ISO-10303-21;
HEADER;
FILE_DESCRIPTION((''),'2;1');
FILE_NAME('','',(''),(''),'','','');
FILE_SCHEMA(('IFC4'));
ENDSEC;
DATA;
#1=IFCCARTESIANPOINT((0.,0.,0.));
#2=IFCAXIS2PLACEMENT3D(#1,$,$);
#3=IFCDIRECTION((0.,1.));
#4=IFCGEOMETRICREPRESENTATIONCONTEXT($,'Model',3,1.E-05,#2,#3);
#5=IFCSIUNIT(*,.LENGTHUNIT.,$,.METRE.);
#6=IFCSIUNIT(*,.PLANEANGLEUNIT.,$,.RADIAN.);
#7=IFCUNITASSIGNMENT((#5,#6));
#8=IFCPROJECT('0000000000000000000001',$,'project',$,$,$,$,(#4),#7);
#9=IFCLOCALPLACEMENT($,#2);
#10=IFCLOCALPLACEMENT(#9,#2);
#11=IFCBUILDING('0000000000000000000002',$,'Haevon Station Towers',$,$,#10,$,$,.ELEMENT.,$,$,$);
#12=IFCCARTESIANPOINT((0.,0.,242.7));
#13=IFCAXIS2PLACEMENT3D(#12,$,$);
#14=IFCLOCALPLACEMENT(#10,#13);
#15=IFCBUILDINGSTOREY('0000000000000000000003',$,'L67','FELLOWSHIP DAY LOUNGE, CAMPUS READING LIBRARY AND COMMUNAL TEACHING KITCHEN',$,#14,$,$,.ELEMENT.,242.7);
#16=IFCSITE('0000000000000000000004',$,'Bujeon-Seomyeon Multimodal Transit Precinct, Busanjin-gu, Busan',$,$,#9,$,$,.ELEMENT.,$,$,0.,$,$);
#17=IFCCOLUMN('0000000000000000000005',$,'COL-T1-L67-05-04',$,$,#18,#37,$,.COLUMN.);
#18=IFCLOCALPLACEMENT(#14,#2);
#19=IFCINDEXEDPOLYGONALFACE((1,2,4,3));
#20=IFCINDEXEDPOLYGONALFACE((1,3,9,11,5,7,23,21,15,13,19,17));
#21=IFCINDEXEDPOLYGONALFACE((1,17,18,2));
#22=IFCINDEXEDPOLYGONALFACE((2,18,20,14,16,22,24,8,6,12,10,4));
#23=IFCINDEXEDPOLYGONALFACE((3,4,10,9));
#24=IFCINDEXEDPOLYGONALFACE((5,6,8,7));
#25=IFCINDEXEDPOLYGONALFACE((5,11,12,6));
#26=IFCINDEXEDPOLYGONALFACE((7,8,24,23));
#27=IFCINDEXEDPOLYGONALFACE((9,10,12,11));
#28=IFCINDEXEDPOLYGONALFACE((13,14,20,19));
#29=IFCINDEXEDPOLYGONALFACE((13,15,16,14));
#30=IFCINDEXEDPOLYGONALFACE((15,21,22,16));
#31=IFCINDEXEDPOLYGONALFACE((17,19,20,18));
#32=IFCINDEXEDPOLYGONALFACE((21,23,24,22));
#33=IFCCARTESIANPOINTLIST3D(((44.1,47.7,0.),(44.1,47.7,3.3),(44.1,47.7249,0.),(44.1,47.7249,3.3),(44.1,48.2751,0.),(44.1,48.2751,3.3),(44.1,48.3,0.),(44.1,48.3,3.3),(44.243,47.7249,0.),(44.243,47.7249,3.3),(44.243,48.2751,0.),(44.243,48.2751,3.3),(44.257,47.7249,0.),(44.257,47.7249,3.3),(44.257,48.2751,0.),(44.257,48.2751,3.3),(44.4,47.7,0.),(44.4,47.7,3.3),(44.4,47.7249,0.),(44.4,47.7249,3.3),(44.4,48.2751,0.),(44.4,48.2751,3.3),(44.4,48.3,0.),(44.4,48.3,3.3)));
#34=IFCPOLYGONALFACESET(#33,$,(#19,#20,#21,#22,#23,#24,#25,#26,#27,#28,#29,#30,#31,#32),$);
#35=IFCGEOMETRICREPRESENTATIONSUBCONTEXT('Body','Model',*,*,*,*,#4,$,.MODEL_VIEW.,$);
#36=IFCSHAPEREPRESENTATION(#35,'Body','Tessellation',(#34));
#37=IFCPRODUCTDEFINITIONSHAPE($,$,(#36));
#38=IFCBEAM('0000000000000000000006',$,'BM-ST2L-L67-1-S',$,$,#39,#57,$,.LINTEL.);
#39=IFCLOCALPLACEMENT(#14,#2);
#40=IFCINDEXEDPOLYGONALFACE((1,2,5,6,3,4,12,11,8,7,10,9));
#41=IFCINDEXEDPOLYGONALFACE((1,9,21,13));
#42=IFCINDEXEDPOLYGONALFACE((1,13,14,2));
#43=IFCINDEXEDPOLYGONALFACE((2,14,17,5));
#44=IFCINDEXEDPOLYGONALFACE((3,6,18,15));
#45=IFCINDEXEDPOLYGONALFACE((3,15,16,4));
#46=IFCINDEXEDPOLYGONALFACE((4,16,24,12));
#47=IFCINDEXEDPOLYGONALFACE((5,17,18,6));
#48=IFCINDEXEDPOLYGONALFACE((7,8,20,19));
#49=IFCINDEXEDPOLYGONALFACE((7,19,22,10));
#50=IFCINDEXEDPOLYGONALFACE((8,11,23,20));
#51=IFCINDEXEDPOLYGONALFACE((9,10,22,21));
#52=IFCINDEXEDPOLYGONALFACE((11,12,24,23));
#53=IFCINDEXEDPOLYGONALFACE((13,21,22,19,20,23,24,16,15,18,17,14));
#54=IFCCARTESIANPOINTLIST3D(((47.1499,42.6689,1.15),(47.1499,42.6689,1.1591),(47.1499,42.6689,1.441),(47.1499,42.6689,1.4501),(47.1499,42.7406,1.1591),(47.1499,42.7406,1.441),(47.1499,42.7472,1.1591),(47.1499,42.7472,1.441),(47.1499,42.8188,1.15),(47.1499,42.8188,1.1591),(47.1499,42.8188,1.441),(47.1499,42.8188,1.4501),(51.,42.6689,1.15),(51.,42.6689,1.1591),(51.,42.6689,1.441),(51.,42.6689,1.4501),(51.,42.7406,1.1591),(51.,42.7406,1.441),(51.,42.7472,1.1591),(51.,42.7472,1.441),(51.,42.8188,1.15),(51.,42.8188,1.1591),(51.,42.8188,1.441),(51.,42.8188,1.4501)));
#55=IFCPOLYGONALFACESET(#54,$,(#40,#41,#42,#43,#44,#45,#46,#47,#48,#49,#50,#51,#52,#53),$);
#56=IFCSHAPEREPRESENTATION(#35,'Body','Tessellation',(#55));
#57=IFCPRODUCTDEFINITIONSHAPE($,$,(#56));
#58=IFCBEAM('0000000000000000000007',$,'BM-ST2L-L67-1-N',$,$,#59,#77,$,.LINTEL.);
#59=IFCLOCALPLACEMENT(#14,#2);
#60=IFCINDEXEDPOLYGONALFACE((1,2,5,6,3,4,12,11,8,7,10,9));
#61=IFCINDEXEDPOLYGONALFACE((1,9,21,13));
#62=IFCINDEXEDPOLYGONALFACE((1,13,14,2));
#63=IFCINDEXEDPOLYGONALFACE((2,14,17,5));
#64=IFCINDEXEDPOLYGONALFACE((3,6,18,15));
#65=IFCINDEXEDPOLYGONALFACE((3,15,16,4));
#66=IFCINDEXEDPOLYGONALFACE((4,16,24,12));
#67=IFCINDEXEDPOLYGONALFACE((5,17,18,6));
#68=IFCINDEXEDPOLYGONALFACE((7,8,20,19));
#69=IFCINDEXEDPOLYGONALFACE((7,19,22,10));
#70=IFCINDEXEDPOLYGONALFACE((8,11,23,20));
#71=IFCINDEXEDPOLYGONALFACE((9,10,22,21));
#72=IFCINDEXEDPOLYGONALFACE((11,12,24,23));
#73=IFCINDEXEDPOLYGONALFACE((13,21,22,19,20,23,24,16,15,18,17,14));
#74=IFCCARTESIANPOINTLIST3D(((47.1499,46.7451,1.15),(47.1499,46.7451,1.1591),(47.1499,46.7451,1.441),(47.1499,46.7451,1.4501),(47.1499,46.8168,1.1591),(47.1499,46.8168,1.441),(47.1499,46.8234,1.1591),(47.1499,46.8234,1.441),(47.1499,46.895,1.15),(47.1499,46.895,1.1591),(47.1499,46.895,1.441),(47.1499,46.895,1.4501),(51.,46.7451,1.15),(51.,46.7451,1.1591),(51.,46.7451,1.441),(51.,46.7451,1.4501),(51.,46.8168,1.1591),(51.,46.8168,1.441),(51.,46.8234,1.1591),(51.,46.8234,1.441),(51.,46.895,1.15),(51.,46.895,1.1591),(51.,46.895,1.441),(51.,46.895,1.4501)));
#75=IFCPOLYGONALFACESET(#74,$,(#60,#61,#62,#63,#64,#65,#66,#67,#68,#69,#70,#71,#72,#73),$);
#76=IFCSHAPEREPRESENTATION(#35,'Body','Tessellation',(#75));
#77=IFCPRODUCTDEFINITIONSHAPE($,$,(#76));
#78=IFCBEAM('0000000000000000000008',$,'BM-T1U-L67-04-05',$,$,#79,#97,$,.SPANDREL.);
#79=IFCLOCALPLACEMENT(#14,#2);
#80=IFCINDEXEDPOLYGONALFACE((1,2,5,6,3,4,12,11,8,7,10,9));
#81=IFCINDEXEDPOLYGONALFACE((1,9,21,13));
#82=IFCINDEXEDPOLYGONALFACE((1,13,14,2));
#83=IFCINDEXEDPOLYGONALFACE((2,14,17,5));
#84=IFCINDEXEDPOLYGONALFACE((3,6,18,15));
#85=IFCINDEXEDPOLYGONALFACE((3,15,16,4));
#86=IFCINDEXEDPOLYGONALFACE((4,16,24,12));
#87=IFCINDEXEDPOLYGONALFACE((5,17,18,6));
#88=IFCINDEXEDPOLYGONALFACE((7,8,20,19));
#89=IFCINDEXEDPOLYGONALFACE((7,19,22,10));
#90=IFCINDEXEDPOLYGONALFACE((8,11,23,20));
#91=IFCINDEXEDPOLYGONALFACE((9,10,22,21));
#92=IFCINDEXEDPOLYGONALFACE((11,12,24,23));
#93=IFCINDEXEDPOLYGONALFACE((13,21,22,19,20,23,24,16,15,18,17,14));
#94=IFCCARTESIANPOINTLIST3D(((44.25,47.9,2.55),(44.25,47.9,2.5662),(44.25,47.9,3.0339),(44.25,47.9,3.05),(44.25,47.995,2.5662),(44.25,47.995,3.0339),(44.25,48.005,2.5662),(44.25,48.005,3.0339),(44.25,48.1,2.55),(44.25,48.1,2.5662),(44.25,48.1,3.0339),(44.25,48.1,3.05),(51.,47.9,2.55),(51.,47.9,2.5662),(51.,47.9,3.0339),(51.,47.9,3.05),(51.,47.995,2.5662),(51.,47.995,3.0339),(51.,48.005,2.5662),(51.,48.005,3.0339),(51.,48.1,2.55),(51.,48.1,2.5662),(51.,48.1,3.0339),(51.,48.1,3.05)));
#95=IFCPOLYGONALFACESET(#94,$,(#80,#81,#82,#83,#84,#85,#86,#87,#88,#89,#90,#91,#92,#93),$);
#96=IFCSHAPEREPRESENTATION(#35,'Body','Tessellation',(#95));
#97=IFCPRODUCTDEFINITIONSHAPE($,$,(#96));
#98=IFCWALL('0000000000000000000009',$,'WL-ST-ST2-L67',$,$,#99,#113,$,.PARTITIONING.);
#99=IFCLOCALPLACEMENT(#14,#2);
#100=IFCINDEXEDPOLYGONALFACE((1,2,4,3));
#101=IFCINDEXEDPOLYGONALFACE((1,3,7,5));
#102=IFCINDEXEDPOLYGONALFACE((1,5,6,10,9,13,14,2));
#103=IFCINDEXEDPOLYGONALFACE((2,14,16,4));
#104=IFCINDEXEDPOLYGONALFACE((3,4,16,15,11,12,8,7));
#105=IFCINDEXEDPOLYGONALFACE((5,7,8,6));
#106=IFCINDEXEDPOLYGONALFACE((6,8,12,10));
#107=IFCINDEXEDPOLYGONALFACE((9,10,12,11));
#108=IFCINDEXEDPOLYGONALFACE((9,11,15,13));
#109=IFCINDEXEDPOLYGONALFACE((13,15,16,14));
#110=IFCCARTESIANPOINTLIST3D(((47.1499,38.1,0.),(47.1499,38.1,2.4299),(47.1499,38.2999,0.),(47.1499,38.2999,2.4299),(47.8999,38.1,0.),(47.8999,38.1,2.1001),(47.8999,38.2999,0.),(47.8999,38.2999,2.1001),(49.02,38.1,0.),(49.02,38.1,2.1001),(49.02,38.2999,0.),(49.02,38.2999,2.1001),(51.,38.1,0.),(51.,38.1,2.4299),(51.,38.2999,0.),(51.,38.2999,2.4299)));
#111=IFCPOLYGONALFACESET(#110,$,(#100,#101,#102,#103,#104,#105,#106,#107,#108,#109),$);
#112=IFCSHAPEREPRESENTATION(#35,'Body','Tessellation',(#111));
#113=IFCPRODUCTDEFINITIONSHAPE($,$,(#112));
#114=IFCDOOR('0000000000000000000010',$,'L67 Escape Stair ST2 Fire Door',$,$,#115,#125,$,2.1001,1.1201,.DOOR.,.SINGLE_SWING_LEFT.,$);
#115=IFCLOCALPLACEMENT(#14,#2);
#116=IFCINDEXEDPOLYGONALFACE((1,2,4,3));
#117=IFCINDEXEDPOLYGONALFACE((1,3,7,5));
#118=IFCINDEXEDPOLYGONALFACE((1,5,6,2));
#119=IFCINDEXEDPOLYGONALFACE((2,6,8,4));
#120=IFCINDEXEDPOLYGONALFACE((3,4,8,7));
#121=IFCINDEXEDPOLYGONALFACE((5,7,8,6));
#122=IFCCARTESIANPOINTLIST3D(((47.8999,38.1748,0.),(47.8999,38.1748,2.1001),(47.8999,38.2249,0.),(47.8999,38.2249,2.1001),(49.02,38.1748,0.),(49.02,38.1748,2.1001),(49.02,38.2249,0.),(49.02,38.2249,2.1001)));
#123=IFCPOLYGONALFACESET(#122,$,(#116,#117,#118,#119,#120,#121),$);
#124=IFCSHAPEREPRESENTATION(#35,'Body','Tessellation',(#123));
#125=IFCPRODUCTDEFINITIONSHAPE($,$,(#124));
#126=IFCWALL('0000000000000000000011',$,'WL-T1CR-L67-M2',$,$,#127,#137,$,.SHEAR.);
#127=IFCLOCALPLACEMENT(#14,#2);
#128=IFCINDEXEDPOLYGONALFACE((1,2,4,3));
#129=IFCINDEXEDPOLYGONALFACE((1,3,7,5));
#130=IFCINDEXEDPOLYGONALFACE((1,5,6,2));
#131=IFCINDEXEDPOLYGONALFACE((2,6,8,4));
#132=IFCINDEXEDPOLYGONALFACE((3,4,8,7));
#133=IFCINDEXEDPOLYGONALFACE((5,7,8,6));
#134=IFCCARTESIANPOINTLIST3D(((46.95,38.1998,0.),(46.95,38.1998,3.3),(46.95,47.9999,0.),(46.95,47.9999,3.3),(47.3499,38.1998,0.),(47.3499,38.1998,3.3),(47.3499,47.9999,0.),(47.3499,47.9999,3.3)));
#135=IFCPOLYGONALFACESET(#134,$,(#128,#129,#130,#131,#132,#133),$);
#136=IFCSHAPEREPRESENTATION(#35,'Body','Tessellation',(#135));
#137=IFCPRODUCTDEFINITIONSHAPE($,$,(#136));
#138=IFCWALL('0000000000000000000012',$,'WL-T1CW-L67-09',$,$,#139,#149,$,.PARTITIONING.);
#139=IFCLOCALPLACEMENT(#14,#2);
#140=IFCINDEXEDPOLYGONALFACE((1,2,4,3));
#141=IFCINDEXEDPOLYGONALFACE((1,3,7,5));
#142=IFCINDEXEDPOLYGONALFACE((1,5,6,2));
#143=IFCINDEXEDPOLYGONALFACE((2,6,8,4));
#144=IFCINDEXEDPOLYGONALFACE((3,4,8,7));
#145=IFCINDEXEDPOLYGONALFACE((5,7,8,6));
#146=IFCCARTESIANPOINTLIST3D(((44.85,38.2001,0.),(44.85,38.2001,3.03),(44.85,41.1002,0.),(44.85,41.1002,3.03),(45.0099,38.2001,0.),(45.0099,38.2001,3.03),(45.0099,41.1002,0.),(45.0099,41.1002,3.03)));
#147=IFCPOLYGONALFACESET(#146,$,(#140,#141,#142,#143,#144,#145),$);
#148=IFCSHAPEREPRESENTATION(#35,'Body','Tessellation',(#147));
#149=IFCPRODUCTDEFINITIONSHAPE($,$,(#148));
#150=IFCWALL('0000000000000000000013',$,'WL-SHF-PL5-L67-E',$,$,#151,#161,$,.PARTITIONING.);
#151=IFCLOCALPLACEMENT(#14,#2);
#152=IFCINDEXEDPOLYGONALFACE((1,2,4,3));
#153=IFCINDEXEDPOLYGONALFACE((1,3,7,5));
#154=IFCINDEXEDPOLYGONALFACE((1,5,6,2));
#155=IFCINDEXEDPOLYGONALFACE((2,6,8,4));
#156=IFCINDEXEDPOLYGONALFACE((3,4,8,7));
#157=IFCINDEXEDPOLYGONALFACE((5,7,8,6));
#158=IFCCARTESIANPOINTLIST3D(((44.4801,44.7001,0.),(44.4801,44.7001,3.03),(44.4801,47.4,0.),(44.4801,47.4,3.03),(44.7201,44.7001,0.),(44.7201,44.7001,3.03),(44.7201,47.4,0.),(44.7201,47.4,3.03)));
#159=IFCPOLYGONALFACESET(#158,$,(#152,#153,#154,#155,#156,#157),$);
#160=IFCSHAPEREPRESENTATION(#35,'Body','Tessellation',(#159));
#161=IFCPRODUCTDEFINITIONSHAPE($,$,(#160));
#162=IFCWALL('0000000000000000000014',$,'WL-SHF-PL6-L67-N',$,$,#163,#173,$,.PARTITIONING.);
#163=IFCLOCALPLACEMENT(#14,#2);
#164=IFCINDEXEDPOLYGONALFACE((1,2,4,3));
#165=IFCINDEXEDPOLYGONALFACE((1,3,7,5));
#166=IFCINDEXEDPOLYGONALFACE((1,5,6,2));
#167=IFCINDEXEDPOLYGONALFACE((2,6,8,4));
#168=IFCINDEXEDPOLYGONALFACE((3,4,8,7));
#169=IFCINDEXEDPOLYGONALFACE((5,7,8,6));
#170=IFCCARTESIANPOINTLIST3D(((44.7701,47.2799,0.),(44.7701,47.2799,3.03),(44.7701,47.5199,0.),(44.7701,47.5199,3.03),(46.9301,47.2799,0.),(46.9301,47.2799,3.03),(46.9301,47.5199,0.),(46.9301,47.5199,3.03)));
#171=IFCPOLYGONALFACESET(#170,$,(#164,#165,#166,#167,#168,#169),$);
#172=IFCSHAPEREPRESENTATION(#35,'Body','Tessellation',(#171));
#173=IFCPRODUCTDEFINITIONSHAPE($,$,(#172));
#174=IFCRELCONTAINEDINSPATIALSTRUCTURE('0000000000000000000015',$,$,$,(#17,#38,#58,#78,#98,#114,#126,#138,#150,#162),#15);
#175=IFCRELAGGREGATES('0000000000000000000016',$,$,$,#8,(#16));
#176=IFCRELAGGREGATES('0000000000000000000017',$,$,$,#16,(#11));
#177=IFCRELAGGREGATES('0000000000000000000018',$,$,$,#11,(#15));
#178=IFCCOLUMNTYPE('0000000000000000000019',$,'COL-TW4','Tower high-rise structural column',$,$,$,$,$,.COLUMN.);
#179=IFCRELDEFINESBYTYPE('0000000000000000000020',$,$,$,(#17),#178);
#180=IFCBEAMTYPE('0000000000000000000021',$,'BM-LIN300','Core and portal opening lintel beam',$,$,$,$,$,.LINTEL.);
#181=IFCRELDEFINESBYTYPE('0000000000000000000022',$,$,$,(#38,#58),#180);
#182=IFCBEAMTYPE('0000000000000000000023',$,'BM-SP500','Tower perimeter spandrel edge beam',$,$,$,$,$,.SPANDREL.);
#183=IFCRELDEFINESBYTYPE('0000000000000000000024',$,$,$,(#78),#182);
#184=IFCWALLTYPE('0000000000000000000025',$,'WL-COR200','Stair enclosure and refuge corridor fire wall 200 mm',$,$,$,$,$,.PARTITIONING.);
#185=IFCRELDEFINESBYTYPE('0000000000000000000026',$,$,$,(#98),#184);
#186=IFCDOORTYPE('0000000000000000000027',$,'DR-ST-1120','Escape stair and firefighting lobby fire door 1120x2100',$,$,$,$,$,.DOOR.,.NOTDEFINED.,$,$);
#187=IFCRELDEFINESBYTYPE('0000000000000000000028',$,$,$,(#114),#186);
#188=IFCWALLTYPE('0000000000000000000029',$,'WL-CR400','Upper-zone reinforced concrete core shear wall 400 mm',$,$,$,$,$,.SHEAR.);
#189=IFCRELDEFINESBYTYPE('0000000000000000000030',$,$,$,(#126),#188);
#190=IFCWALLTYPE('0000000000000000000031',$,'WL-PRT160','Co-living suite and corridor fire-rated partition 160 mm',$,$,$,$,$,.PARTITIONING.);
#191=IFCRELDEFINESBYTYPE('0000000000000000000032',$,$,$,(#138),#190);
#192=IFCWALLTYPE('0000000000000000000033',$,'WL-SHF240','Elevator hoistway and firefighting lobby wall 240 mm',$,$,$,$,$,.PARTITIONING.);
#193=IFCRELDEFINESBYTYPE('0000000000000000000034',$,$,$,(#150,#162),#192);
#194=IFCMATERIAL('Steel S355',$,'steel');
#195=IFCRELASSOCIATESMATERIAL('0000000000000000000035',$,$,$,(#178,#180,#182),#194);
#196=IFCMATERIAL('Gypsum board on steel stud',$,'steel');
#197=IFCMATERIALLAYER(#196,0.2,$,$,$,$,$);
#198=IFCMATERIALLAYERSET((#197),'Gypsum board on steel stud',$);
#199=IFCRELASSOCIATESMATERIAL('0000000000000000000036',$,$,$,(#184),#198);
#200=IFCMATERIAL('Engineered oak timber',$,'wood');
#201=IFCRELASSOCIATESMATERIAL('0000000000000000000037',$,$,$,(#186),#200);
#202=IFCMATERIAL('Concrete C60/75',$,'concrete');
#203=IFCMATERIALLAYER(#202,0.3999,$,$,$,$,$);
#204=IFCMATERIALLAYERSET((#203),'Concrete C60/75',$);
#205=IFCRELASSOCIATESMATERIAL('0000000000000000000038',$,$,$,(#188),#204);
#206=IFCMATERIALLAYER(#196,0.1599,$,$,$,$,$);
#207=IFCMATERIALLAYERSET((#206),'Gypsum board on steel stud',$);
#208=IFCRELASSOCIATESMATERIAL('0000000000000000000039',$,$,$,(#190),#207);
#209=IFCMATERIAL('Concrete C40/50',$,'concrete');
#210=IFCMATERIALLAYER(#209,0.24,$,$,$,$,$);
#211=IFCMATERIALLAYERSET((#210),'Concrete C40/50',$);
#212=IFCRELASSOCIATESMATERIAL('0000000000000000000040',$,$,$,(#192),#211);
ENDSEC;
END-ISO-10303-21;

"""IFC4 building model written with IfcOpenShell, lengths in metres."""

from ifc_helpers import new_model, si_unit, direction, frame, frame_2d, origin, origin_2d, place, context, subcontext, project, spatial, rectangle, i_section, extrude, material, layer, layer_set, material_profile, profile_set, type_object, element, fill, save


model = new_model("IFC4")

# Units and contexts
model_context = context("Model", 3, precision=1e-05, world=origin(), true_north=direction((0.0, 1.0)))
body_context = subcontext(model_context, "Body", "Model", "MODEL_VIEW")
ifc_project = project(units=[si_unit("LENGTHUNIT", "METRE"), si_unit("PLANEANGLEUNIT", "RADIAN")], contexts=[model_context])

# Site, building, storey
site_placement = place(None, origin())
site = spatial("IfcSite", under=ifc_project, at=site_placement, Name="Bujeon-Seomyeon Multimodal Transit Precinct, Busanjin-gu, Busan", CompositionType="ELEMENT", RefElevation=0.0)
building_placement = place(site_placement, origin())
building = spatial("IfcBuilding", under=site, at=building_placement, Name="Haevon Station Towers", CompositionType="ELEMENT")
storey_placement = place(building_placement, frame((0.0, 0.0, 242.7)))
storey = spatial("IfcBuildingStorey", under=building, at=storey_placement, Name="L67", Description="FELLOWSHIP DAY LOUNGE, CAMPUS READING LIBRARY AND COMMUNAL TEACHING KITCHEN", CompositionType="ELEMENT", Elevation=242.7)

# Column
ifc_material_1 = material(Name="Steel S355", Category="steel")
ifc_material_profile_1 = material_profile(ifc_material_1, i_section(OverallWidth=0.3, OverallDepth=0.6001, WebThickness=0.0139, FlangeThickness=0.0249, at=origin_2d()), Name="H-600x300x14x25")
ifc_profile_set_1 = profile_set([ifc_material_profile_1], Name="Steel S355")
column_type = type_object("IfcColumnType", Name="COL-TW4", Description="Tower high-rise structural column", PredefinedType="COLUMN", material=ifc_profile_set_1)
column_placement = place(storey_placement, frame((44.25, 48.0, 0.0), z_axis=(0.0, 0.0, 1.0), x_axis=(1.0, 0.0, 0.0)))
element("IfcColumn", 1, at=column_placement, inside=storey, type_object=column_type, Name="COL-T1-L67-05-04", PredefinedType="COLUMN", context=body_context, shape_type="SweptSolid", body=[
    extrude(i_section(OverallWidth=0.3, OverallDepth=0.6001, WebThickness=0.0139, FlangeThickness=0.0249, at=origin_2d()), origin(), (0.0, 0.0, 1.0), 3.3),
])

# Beams
ifc_material_profile_2 = material_profile(ifc_material_1, i_section(OverallWidth=0.1499, OverallDepth=0.3, WebThickness=0.0066, FlangeThickness=0.009, at=origin_2d()), Name="H-300x150x6.5x9")
ifc_profile_set_2 = profile_set([ifc_material_profile_2], Name="Steel S355")
beam_type_1 = type_object("IfcBeamType", Name="BM-LIN300", Description="Core and portal opening lintel beam", PredefinedType="LINTEL", material=ifc_profile_set_2)
for number, where, z_axis, x_axis, name in (
    (2, (47.1499, 42.7439, 1.3), (1.0, 0.0, 0.0), (0.0, 1.0, 0.0), "BM-ST2L-L67-1-S"),
    (3, (47.1499, 46.8201, 1.3), (1.0, 0.0, 0.0), (0.0, 1.0, 0.0), "BM-ST2L-L67-1-N"),
):
    element("IfcBeam", number, at=place(storey_placement, frame(where, z_axis=z_axis, x_axis=x_axis)), inside=storey, type_object=beam_type_1, Name=name, PredefinedType="LINTEL", context=body_context, shape_type="SweptSolid", body=[
        extrude(i_section(OverallWidth=0.1499, OverallDepth=0.3, WebThickness=0.0066, FlangeThickness=0.009, at=origin_2d()), origin(), (0.0, 0.0, 1.0), 3.8501),
    ])
ifc_material_profile_3 = material_profile(ifc_material_1, i_section(OverallWidth=0.2, OverallDepth=0.5, WebThickness=0.01, FlangeThickness=0.0161, at=origin_2d()), Name="H-500x200x10x16")
ifc_profile_set_3 = profile_set([ifc_material_profile_3], Name="Steel S355")
beam_type_2 = type_object("IfcBeamType", Name="BM-SP500", Description="Tower perimeter spandrel edge beam", PredefinedType="SPANDREL", material=ifc_profile_set_3)
beam_placement = place(storey_placement, frame((44.25, 48.0, 2.8), z_axis=(1.0, 0.0, 0.0), x_axis=(0.0, 1.0, 0.0)))
element("IfcBeam", 4, at=beam_placement, inside=storey, type_object=beam_type_2, Name="BM-T1U-L67-04-05", PredefinedType="SPANDREL", context=body_context, shape_type="SweptSolid", body=[
    extrude(i_section(OverallWidth=0.2, OverallDepth=0.5, WebThickness=0.01, FlangeThickness=0.0161, at=origin_2d()), origin(), (0.0, 0.0, 1.0), 6.75),
])

# Wall, opening, door
ifc_material_2 = material(Name="Gypsum board on steel stud", Category="steel")
ifc_layer_1 = layer(ifc_material_2, 0.2)
ifc_layer_set_1 = layer_set([ifc_layer_1], Name="Gypsum board on steel stud")
wall_type_1 = type_object("IfcWallType", Name="WL-COR200", Description="Stair enclosure and refuge corridor fire wall 200 mm", PredefinedType="PARTITIONING", material=ifc_layer_set_1)
wall_1_placement = place(storey_placement, frame((47.1499, 38.2, 0.0), z_axis=(0.0, 0.0, 1.0), x_axis=(1.0, 0.0, 0.0)))
wall_1 = element("IfcWall", 5, at=wall_1_placement, inside=storey, type_object=wall_type_1, Name="WL-ST-ST2-L67", PredefinedType="PARTITIONING", context=body_context, shape_type="SweptSolid", body=[
    extrude(rectangle(XDim=3.8501, YDim=0.2, at=frame_2d((1.925, 0.0))), origin(), (0.0, 0.0, 1.0), 2.4299),
])
opening_1_placement = place(wall_1_placement, frame((0.75, 0.0, 0.0)))
opening_1 = element("IfcOpeningElement", 6, at=opening_1_placement, cuts=wall_1, PredefinedType="OPENING", context=body_context, shape_type="SweptSolid", body=[
    extrude(rectangle(XDim=1.1201, YDim=2.1001, at=frame_2d((0.5601, 1.05))), frame((0.0, 0.1099, 0.0), z_axis=(0.0, -1.0, 0.0), x_axis=(1.0, 0.0, 0.0)), (0.0, 0.0, 1.0), 0.22),
])
ifc_material_3 = material(Name="Engineered oak timber", Category="wood")
door_type_1 = type_object("IfcDoorType", Name="DR-ST-1120", Description="Escape stair and firefighting lobby fire door 1120x2100", OperationType="NOTDEFINED", PredefinedType="DOOR", material=ifc_material_3)
door_1_placement = place(opening_1_placement, origin())
door_1 = element("IfcDoor", 7, at=door_1_placement, inside=storey, type_object=door_type_1, Name="L67 Escape Stair ST2 Fire Door", OperationType="SINGLE_SWING_LEFT", OverallHeight=2.1001, OverallWidth=1.1201, PredefinedType="DOOR", context=body_context, shape_type="SweptSolid", body=[
    extrude(rectangle(XDim=1.1201, YDim=2.1001, at=frame_2d((0.5601, 1.05))), frame((0.0, 0.0249, 0.0), z_axis=(0.0, -1.0, 0.0), x_axis=(1.0, 0.0, 0.0)), (0.0, 0.0, 1.0), 0.05),
])
fill(opening_1, door_1)

# Walls
ifc_material_4 = material(Name="Concrete C60/75", Category="concrete")
ifc_layer_2 = layer(ifc_material_4, 0.3999)
ifc_layer_set_2 = layer_set([ifc_layer_2], Name="Concrete C60/75")
wall_type_2 = type_object("IfcWallType", Name="WL-CR400", Description="Upper-zone reinforced concrete core shear wall 400 mm", PredefinedType="SHEAR", material=ifc_layer_set_2)
wall_2_placement = place(storey_placement, frame((47.1499, 38.2, 0.0), z_axis=(0.0, 0.0, 1.0), x_axis=(0.0, 1.0, 0.0)))
element("IfcWall", 8, at=wall_2_placement, inside=storey, type_object=wall_type_2, Name="WL-T1CR-L67-M2", PredefinedType="SHEAR", context=body_context, shape_type="SweptSolid", body=[
    extrude(rectangle(XDim=9.8, YDim=0.3999, at=frame_2d((4.8999, 0.0))), origin(), (0.0, 0.0, 1.0), 3.3),
])
ifc_layer_3 = layer(ifc_material_2, 0.1599)
ifc_layer_set_3 = layer_set([ifc_layer_3], Name="Gypsum board on steel stud")
wall_type_3 = type_object("IfcWallType", Name="WL-PRT160", Description="Co-living suite and corridor fire-rated partition 160 mm", PredefinedType="PARTITIONING", material=ifc_layer_set_3)
wall_3_placement = place(storey_placement, frame((44.9299, 38.2, 0.0), z_axis=(0.0, 0.0, 1.0), x_axis=(0.0, 1.0, 0.0)))
element("IfcWall", 9, at=wall_3_placement, inside=storey, type_object=wall_type_3, Name="WL-T1CW-L67-09", PredefinedType="PARTITIONING", context=body_context, shape_type="SweptSolid", body=[
    extrude(rectangle(XDim=2.9001, YDim=0.1599, at=frame_2d((1.4502, 0.0))), origin(), (0.0, 0.0, 1.0), 3.03),
])
ifc_material_5 = material(Name="Concrete C40/50", Category="concrete")
ifc_layer_4 = layer(ifc_material_5, 0.24)
ifc_layer_set_4 = layer_set([ifc_layer_4], Name="Concrete C40/50")
wall_type_4 = type_object("IfcWallType", Name="WL-SHF240", Description="Elevator hoistway and firefighting lobby wall 240 mm", PredefinedType="PARTITIONING", material=ifc_layer_set_4)
wall_4_placement = place(storey_placement, frame((44.6001, 44.7, 0.0), z_axis=(0.0, 0.0, 1.0), x_axis=(0.0, 1.0, 0.0)))
element("IfcWall", 10, at=wall_4_placement, inside=storey, type_object=wall_type_4, Name="WL-SHF-PL5-L67-E", PredefinedType="PARTITIONING", context=body_context, shape_type="SweptSolid", body=[
    extrude(rectangle(XDim=2.7, YDim=0.24, at=frame_2d((1.3501, 0.0))), origin(), (0.0, 0.0, 1.0), 3.03),
])

# Wall
wall_5_placement = place(storey_placement, frame((44.77, 47.3999, 0.0), z_axis=(0.0, 0.0, 1.0), x_axis=(1.0, 0.0, 0.0)))
element("IfcWall", 11, at=wall_5_placement, inside=storey, type_object=wall_type_4, Name="WL-SHF-PL6-L67-N", PredefinedType="PARTITIONING", context=body_context, shape_type="SweptSolid", body=[
    extrude(rectangle(XDim=2.1599, YDim=0.24, at=frame_2d((1.0801, 0.0))), origin(), (0.0, 0.0, 1.0), 3.03),
])

save(model, "model.ifc")
